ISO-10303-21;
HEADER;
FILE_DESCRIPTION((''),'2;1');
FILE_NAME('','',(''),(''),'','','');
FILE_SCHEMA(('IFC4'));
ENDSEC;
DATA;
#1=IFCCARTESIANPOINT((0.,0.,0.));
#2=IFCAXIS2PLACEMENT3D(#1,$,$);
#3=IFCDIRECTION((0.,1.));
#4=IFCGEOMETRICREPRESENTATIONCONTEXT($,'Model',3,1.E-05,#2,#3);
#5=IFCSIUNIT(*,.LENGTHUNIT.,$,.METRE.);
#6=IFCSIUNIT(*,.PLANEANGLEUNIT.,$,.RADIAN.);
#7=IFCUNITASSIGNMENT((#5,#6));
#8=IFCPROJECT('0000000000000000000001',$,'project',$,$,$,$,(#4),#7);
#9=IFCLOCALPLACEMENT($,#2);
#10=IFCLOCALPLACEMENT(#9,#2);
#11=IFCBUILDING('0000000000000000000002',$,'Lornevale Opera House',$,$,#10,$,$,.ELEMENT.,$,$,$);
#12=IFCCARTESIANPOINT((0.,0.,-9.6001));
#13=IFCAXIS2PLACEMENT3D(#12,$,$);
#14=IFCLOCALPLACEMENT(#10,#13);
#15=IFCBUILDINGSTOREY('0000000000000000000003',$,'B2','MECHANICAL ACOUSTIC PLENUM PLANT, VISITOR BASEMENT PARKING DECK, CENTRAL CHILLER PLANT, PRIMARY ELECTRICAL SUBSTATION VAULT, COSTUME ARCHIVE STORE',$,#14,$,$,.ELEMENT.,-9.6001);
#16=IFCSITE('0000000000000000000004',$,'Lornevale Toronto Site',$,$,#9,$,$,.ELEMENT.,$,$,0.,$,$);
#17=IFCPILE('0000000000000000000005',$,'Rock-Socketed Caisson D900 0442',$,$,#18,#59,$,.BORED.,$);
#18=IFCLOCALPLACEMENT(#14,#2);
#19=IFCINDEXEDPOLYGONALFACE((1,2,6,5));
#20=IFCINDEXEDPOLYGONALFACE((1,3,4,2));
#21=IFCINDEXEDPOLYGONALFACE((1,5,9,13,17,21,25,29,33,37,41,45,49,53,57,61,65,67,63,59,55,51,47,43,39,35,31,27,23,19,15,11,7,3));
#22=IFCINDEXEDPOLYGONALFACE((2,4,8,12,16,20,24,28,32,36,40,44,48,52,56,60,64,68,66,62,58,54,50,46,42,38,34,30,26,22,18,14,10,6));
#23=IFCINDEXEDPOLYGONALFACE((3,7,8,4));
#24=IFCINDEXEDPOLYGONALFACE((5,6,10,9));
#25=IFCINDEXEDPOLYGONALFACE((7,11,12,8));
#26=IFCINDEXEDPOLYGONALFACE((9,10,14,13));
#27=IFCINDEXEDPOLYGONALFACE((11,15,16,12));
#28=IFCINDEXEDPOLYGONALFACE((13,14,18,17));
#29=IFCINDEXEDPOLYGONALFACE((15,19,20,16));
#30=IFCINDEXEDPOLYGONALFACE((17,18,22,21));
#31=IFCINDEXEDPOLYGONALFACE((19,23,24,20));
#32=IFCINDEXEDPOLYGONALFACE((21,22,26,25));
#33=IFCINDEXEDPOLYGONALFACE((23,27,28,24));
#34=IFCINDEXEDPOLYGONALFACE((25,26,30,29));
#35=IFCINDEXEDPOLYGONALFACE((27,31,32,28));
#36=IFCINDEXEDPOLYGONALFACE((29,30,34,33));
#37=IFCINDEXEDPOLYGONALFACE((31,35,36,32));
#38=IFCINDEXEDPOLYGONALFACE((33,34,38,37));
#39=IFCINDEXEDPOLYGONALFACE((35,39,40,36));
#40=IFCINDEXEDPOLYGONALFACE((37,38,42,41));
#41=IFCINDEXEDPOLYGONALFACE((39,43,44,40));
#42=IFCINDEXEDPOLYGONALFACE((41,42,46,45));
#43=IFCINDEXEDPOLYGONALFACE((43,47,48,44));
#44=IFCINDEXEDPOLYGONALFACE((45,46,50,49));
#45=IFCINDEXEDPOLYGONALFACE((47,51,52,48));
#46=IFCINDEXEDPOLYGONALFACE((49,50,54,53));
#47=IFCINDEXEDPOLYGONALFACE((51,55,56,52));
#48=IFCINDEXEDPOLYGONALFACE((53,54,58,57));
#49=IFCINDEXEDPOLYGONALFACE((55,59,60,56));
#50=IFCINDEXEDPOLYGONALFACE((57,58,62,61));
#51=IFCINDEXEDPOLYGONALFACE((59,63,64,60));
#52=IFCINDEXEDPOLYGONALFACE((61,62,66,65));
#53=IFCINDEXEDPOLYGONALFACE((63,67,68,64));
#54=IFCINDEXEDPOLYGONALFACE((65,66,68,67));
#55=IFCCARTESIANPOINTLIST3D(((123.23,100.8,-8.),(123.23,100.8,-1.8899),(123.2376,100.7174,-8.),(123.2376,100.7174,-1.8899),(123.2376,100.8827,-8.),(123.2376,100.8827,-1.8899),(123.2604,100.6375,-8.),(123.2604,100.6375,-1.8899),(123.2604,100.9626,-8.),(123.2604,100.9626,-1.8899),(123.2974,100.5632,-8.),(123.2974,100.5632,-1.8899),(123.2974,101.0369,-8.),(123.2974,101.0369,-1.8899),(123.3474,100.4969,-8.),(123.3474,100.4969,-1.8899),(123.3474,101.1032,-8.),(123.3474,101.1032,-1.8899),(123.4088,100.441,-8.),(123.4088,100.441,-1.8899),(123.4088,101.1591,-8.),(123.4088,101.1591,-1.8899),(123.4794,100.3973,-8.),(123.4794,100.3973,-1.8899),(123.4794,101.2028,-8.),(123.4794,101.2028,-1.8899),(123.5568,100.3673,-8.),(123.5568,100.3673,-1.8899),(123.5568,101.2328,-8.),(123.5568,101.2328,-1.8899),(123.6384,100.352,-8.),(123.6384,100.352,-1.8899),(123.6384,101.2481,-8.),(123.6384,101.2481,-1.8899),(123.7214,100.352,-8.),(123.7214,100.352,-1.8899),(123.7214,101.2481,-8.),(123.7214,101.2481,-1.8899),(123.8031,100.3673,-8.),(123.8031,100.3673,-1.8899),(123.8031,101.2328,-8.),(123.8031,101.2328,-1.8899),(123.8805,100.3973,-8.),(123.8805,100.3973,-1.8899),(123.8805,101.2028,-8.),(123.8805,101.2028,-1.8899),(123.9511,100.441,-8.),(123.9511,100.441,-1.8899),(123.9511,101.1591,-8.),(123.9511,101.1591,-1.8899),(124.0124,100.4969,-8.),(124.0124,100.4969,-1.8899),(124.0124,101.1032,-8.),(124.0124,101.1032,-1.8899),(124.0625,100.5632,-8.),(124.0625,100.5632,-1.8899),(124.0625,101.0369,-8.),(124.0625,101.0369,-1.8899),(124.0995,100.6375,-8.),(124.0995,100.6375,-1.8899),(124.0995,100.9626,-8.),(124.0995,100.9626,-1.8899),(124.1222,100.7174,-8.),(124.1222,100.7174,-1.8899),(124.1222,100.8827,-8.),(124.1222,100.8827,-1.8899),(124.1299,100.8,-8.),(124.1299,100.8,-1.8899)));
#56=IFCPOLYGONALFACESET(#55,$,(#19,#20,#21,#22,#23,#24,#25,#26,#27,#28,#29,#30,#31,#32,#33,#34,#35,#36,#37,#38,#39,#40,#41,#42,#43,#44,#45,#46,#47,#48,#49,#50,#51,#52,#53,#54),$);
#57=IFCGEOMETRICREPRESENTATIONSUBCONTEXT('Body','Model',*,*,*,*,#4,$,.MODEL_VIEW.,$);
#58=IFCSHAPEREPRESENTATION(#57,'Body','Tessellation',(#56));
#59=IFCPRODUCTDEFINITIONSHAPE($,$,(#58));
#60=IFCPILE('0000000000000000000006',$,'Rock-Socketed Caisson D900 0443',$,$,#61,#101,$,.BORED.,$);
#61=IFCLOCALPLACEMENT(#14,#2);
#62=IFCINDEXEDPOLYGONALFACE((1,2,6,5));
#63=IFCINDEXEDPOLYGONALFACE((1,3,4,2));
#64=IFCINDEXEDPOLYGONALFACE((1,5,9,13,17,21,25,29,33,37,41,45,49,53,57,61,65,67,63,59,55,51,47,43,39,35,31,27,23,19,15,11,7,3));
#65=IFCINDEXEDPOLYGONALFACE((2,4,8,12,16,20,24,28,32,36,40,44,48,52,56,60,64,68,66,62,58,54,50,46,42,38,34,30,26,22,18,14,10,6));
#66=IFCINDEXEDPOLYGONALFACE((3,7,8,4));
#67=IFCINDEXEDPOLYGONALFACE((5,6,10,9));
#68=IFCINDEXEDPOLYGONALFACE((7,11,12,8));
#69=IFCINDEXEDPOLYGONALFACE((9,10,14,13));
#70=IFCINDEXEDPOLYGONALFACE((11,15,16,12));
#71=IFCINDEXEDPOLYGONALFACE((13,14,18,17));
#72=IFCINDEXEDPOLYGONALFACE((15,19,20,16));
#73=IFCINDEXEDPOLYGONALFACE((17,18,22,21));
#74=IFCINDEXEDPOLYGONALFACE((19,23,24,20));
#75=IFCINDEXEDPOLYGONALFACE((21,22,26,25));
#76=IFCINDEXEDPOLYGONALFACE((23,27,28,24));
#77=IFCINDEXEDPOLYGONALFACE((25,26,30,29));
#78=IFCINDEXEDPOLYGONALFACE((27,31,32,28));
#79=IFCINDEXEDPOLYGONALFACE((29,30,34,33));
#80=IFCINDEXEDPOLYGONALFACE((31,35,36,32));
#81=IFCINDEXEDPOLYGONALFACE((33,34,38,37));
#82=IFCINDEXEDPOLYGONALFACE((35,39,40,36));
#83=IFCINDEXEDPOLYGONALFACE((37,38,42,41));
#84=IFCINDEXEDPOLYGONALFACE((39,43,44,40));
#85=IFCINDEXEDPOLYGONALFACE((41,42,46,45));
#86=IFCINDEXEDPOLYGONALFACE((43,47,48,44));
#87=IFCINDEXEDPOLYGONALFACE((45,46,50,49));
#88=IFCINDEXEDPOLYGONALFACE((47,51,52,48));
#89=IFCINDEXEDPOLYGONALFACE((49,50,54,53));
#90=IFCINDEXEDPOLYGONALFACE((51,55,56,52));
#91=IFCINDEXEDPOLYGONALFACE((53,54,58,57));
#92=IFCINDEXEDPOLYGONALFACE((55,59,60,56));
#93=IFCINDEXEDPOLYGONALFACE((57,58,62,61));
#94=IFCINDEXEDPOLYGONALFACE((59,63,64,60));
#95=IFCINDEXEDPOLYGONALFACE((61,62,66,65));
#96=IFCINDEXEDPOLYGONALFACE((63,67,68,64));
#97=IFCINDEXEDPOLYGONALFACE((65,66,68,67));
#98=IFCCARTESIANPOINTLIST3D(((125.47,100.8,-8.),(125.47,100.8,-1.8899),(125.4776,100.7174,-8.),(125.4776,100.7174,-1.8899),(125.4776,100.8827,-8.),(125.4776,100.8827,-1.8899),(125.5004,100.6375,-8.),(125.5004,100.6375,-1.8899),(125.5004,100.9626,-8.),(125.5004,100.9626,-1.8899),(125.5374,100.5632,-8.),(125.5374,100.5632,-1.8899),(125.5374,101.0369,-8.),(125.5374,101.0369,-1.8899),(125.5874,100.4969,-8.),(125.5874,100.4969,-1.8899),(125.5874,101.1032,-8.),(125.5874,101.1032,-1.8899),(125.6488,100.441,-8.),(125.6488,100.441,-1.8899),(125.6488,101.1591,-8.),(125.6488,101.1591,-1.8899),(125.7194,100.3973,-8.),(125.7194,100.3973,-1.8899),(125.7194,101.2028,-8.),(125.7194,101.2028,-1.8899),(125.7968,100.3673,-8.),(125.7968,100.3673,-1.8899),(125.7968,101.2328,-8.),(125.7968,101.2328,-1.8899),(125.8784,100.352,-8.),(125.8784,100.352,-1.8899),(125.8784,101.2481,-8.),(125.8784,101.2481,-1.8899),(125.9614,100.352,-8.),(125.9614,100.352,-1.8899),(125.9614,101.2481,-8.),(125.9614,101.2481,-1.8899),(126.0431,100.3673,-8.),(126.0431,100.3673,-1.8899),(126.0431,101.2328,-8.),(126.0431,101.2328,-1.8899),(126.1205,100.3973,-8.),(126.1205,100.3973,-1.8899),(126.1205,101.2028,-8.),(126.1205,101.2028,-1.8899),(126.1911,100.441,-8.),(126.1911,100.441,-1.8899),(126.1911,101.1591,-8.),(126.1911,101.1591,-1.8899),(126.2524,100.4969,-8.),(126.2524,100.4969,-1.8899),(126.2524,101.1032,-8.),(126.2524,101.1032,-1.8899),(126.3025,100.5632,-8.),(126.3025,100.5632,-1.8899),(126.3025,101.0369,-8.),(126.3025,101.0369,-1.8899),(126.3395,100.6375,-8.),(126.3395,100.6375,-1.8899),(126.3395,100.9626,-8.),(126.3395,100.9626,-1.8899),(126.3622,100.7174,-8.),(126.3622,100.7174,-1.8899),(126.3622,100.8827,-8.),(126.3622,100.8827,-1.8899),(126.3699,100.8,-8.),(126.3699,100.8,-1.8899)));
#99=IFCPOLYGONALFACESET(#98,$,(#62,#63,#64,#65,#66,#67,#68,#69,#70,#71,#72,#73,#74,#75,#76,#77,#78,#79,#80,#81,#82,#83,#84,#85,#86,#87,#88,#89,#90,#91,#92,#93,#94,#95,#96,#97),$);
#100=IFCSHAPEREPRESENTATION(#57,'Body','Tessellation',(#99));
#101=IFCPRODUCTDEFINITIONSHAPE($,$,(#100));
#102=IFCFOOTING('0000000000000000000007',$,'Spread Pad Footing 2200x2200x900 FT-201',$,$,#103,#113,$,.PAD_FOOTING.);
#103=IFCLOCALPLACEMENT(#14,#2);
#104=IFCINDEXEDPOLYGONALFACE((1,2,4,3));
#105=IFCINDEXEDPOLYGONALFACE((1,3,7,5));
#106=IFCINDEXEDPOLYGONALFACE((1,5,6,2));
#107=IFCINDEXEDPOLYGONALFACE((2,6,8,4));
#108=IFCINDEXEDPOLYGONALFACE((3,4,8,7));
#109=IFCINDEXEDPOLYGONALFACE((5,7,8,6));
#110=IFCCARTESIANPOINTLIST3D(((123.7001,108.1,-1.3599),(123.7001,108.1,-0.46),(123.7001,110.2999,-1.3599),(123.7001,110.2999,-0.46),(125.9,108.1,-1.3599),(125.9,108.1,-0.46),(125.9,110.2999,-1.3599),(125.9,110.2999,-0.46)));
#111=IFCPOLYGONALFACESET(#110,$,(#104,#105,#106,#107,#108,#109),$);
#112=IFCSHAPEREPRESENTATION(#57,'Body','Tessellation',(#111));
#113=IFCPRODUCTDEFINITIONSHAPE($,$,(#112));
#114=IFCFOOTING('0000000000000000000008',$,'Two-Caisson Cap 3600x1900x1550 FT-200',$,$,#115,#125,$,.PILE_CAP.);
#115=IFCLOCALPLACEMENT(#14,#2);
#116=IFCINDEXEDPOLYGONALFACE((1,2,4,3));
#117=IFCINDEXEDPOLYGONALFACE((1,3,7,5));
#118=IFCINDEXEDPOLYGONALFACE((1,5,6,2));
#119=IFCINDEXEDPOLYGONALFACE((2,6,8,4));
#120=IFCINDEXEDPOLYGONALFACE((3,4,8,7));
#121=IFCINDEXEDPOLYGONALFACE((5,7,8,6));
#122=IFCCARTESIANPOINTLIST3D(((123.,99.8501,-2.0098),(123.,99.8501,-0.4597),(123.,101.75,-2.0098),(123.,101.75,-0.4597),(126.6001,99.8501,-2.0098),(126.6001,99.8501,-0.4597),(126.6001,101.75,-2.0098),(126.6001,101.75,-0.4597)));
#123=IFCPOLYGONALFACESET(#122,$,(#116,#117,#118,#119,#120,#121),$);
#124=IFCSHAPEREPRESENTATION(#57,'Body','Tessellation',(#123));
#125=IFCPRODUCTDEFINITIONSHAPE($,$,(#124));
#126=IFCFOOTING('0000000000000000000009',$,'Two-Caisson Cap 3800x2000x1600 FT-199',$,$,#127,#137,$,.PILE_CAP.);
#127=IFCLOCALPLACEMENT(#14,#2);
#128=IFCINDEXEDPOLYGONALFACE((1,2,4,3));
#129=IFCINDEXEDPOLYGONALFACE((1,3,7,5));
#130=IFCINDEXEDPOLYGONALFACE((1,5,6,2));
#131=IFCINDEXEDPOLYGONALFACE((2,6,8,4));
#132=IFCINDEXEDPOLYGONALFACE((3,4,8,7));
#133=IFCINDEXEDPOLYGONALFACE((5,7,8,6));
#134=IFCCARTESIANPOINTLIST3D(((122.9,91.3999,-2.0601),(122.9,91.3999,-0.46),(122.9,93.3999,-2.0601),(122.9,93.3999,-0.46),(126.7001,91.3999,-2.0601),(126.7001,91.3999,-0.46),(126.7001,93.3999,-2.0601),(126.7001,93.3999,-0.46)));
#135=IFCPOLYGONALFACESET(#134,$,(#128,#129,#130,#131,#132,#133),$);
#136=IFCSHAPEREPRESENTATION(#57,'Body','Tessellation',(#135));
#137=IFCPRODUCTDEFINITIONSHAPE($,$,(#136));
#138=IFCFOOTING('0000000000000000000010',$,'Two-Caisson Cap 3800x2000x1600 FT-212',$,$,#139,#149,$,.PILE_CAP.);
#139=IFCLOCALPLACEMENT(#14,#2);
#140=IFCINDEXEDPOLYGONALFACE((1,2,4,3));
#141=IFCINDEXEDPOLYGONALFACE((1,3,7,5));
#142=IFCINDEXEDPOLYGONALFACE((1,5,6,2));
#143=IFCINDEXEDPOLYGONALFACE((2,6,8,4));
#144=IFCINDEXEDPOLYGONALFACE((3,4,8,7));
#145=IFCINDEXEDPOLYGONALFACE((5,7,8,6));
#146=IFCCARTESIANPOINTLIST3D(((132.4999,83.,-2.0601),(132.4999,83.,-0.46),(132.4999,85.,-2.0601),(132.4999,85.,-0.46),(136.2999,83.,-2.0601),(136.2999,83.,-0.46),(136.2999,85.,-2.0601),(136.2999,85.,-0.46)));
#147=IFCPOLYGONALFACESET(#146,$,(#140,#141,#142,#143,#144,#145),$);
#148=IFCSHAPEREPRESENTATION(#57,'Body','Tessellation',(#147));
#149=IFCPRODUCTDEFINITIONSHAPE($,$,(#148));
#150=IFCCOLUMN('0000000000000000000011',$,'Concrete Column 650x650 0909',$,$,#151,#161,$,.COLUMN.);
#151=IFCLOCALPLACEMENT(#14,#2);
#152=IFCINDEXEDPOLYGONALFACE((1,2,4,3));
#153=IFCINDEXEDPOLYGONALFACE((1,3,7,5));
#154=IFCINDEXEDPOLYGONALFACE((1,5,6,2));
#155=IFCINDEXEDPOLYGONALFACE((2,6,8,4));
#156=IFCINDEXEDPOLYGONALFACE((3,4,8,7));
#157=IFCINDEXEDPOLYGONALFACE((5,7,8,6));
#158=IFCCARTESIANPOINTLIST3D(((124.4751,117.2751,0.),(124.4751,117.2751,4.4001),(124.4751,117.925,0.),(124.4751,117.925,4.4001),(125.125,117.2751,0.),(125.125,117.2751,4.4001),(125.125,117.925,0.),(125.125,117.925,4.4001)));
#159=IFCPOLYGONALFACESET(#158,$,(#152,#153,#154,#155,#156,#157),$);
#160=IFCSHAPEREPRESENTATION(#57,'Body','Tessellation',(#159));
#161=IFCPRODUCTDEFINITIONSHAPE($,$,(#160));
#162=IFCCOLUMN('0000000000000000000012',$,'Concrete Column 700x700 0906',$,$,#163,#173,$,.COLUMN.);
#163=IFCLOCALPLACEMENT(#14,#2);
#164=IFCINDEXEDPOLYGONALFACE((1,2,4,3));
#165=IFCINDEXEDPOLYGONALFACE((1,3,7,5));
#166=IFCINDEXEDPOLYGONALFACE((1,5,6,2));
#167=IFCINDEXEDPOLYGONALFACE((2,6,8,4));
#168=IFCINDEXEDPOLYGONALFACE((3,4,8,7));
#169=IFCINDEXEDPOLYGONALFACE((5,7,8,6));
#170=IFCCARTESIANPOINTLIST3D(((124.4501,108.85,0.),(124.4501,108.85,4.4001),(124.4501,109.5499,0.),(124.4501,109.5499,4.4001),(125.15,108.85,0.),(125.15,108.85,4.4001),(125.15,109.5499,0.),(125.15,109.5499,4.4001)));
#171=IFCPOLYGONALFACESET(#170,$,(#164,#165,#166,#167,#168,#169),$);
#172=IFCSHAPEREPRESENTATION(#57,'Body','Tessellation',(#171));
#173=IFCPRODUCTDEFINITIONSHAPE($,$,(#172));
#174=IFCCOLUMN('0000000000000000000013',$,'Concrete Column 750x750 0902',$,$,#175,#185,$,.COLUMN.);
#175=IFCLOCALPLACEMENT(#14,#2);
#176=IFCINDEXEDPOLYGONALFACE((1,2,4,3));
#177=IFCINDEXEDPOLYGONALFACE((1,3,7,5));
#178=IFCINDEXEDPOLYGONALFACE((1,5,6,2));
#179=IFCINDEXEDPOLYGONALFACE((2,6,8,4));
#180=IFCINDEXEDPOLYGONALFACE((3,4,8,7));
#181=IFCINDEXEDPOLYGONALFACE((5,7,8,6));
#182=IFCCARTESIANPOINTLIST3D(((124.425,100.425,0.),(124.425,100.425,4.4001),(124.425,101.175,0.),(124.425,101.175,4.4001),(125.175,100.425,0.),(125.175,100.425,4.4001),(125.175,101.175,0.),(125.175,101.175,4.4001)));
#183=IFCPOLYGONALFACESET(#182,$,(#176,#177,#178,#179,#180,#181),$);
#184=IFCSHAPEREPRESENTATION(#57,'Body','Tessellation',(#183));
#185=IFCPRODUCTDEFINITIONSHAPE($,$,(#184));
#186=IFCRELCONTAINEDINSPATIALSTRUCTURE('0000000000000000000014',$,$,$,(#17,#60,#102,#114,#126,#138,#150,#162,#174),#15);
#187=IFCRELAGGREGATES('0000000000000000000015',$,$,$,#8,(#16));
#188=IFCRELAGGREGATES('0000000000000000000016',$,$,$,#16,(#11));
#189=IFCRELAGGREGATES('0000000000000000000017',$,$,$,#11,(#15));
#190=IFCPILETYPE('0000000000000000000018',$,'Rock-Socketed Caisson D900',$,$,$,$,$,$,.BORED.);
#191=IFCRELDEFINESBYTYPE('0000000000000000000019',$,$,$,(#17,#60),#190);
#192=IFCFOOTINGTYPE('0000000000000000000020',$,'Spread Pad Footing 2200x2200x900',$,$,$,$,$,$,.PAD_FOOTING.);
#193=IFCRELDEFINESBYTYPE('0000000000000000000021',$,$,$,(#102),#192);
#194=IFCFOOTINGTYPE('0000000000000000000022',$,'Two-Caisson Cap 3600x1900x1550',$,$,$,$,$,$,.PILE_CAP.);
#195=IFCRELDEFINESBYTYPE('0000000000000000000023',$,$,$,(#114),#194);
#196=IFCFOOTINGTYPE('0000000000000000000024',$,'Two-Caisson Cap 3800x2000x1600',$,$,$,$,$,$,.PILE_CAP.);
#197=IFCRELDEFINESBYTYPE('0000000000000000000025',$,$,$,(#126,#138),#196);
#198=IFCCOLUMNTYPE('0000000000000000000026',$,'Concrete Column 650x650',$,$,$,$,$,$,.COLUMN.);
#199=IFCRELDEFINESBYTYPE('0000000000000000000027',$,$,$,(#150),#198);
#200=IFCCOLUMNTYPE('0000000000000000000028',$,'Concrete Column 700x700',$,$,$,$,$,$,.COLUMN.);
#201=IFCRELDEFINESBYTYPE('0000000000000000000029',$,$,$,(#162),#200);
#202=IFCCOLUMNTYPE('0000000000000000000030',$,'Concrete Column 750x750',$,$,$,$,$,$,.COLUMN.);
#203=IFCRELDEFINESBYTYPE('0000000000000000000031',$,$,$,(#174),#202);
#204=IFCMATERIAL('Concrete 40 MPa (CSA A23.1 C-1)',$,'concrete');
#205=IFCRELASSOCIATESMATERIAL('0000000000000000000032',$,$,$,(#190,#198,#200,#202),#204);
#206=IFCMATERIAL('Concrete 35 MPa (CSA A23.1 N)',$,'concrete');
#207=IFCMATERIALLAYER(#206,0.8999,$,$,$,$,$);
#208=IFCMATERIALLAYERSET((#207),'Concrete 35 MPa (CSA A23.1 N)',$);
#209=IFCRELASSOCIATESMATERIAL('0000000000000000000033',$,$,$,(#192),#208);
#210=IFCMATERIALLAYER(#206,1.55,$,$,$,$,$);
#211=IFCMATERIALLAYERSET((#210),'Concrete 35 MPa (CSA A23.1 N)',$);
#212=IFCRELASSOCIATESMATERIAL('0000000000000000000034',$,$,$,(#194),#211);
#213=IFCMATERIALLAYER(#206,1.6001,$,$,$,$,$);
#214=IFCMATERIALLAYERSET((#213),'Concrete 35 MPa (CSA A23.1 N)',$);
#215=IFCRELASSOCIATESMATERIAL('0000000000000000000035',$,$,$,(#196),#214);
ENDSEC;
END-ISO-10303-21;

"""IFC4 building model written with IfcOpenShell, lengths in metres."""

from ifc_helpers import new_model, si_unit, direction, frame, origin, origin_2d, place, context, subcontext, project, spatial, rectangle, circle, extrude, material, layer, layer_set, material_profile, profile_set, type_object, element, save


model = new_model("IFC4")

# Units and contexts
model_context = context("Model", 3, precision=1e-05, world=origin(), true_north=direction((0.0, 1.0)))
body_context = subcontext(model_context, "Body", "Model", "MODEL_VIEW")
ifc_project = project(units=[si_unit("LENGTHUNIT", "METRE"), si_unit("PLANEANGLEUNIT", "RADIAN")], contexts=[model_context])

# Site, building, storey
site_placement = place(None, origin())
site = spatial("IfcSite", under=ifc_project, at=site_placement, Name="Lornevale Toronto Site", CompositionType="ELEMENT", RefElevation=0.0)
building_placement = place(site_placement, origin())
building = spatial("IfcBuilding", under=site, at=building_placement, Name="Lornevale Opera House", CompositionType="ELEMENT")
storey_placement = place(building_placement, frame((0.0, 0.0, -9.6001)))
storey = spatial("IfcBuildingStorey", under=building, at=storey_placement, Name="B2", Description="MECHANICAL ACOUSTIC PLENUM PLANT, VISITOR BASEMENT PARKING DECK, CENTRAL CHILLER PLANT, PRIMARY ELECTRICAL SUBSTATION VAULT, COSTUME ARCHIVE STORE", CompositionType="ELEMENT", Elevation=-9.6001)

# Shared definitions
ifc_material_1 = material(Name="Concrete 35 MPa (CSA A23.1 N)", Category="concrete")

# Piles
ifc_material_2 = material(Name="Concrete 40 MPa (CSA A23.1 C-1)", Category="concrete")
ifc_material_profile_1 = material_profile(ifc_material_2, circle(Radius=0.45, at=origin_2d()), Name="CAIS900")
ifc_profile_set_1 = profile_set([ifc_material_profile_1], Name="Concrete 40 MPa (CSA A23.1 C-1)")
pile_type_1 = type_object("IfcPileType", Name="Rock-Socketed Caisson D900", PredefinedType="BORED", material=ifc_profile_set_1)
for number, where, z_axis, x_axis, name in (
    (1, (123.6799, 100.8, -1.8899), (0.0, 0.0, -1.0), (1.0, 0.0, 0.0), "Rock-Socketed Caisson D900 0442"),
    (2, (125.9199, 100.8, -1.8899), (0.0, 0.0, -1.0), (1.0, 0.0, 0.0), "Rock-Socketed Caisson D900 0443"),
):
    element("IfcPile", number, at=place(storey_placement, frame(where, z_axis=z_axis, x_axis=x_axis)), inside=storey, type_object=pile_type_1, Name=name, PredefinedType="BORED", context=body_context, shape_type="SweptSolid", body=[
        extrude(circle(Radius=0.45, at=origin_2d()), origin(), (0.0, 0.0, 1.0), 6.1101),
    ])

# Footings
ifc_layer_1 = layer(ifc_material_1, 0.8999)
ifc_layer_set_1 = layer_set([ifc_layer_1], Name="Concrete 35 MPa (CSA A23.1 N)")
footing_type_1 = type_object("IfcFootingType", Name="Spread Pad Footing 2200x2200x900", PredefinedType="PAD_FOOTING", material=ifc_layer_set_1)
footing_1_placement = place(storey_placement, frame((124.8, 109.2, -1.3599), z_axis=(0.0, 0.0, 1.0), x_axis=(1.0, 0.0, 0.0)))
element("IfcFooting", 3, at=footing_1_placement, inside=storey, type_object=footing_type_1, Name="Spread Pad Footing 2200x2200x900 FT-201", PredefinedType="PAD_FOOTING", context=body_context, shape_type="SweptSolid", body=[
    extrude(rectangle(XDim=2.2, YDim=2.2, at=origin_2d()), origin(), (0.0, 0.0, 1.0), 0.8999),
])
ifc_layer_2 = layer(ifc_material_1, 1.55)
ifc_layer_set_2 = layer_set([ifc_layer_2], Name="Concrete 35 MPa (CSA A23.1 N)")
footing_type_2 = type_object("IfcFootingType", Name="Two-Caisson Cap 3600x1900x1550", PredefinedType="PILE_CAP", material=ifc_layer_set_2)
footing_2_placement = place(storey_placement, frame((124.8, 100.8, -2.0098), z_axis=(0.0, 0.0, 1.0), x_axis=(1.0, 0.0, 0.0)))
element("IfcFooting", 4, at=footing_2_placement, inside=storey, type_object=footing_type_2, Name="Two-Caisson Cap 3600x1900x1550 FT-200", PredefinedType="PILE_CAP", context=body_context, shape_type="SweptSolid", body=[
    extrude(rectangle(XDim=3.6001, YDim=1.8999, at=origin_2d()), origin(), (0.0, 0.0, 1.0), 1.55),
])
ifc_layer_3 = layer(ifc_material_1, 1.6001)
ifc_layer_set_3 = layer_set([ifc_layer_3], Name="Concrete 35 MPa (CSA A23.1 N)")
footing_type_3 = type_object("IfcFootingType", Name="Two-Caisson Cap 3800x2000x1600", PredefinedType="PILE_CAP", material=ifc_layer_set_3)
for number, where, z_axis, x_axis, name in (
    (5, (124.8, 92.3999, -2.0601), (0.0, 0.0, 1.0), (1.0, 0.0, 0.0), "Two-Caisson Cap 3800x2000x1600 FT-199"),
    (6, (134.3999, 84.0, -2.0601), (0.0, 0.0, 1.0), (1.0, 0.0, 0.0), "Two-Caisson Cap 3800x2000x1600 FT-212"),
):
    element("IfcFooting", number, at=place(storey_placement, frame(where, z_axis=z_axis, x_axis=x_axis)), inside=storey, type_object=footing_type_3, Name=name, PredefinedType="PILE_CAP", context=body_context, shape_type="SweptSolid", body=[
        extrude(rectangle(XDim=3.8, YDim=2.0, at=origin_2d()), origin(), (0.0, 0.0, 1.0), 1.6001),
    ])

# Columns
ifc_material_profile_2 = material_profile(ifc_material_2, rectangle(XDim=0.6499, YDim=0.6499, at=origin_2d()), Name="RC650x650")
ifc_profile_set_2 = profile_set([ifc_material_profile_2], Name="Concrete 40 MPa (CSA A23.1 C-1)")
column_type_1 = type_object("IfcColumnType", Name="Concrete Column 650x650", PredefinedType="COLUMN", material=ifc_profile_set_2)
column_1_placement = place(storey_placement, frame((124.8, 117.6001, 0.0), z_axis=(0.0, 0.0, 1.0), x_axis=(1.0, 0.0, 0.0)))
element("IfcColumn", 7, at=column_1_placement, inside=storey, type_object=column_type_1, Name="Concrete Column 650x650 0909", PredefinedType="COLUMN", context=body_context, shape_type="SweptSolid", body=[
    extrude(rectangle(XDim=0.6499, YDim=0.6499, at=origin_2d()), origin(), (0.0, 0.0, 1.0), 4.4001),
])
ifc_material_profile_3 = material_profile(ifc_material_2, rectangle(XDim=0.7, YDim=0.7, at=origin_2d()), Name="RC700x700")
ifc_profile_set_3 = profile_set([ifc_material_profile_3], Name="Concrete 40 MPa (CSA A23.1 C-1)")
column_type_2 = type_object("IfcColumnType", Name="Concrete Column 700x700", PredefinedType="COLUMN", material=ifc_profile_set_3)
column_2_placement = place(storey_placement, frame((124.8, 109.2, 0.0), z_axis=(0.0, 0.0, 1.0), x_axis=(1.0, 0.0, 0.0)))
element("IfcColumn", 8, at=column_2_placement, inside=storey, type_object=column_type_2, Name="Concrete Column 700x700 0906", PredefinedType="COLUMN", context=body_context, shape_type="SweptSolid", body=[
    extrude(rectangle(XDim=0.7, YDim=0.7, at=origin_2d()), origin(), (0.0, 0.0, 1.0), 4.4001),
])
ifc_material_profile_4 = material_profile(ifc_material_2, rectangle(XDim=0.75, YDim=0.75, at=origin_2d()), Name="RC750x750")
ifc_profile_set_4 = profile_set([ifc_material_profile_4], Name="Concrete 40 MPa (CSA A23.1 C-1)")
column_type_3 = type_object("IfcColumnType", Name="Concrete Column 750x750", PredefinedType="COLUMN", material=ifc_profile_set_4)
column_3_placement = place(storey_placement, frame((124.8, 100.8, 0.0), z_axis=(0.0, 0.0, 1.0), x_axis=(1.0, 0.0, 0.0)))
element("IfcColumn", 9, at=column_3_placement, inside=storey, type_object=column_type_3, Name="Concrete Column 750x750 0902", PredefinedType="COLUMN", context=body_context, shape_type="SweptSolid", body=[
    extrude(rectangle(XDim=0.75, YDim=0.75, at=origin_2d()), origin(), (0.0, 0.0, 1.0), 4.4001),
])

save(model, "model.ifc")
